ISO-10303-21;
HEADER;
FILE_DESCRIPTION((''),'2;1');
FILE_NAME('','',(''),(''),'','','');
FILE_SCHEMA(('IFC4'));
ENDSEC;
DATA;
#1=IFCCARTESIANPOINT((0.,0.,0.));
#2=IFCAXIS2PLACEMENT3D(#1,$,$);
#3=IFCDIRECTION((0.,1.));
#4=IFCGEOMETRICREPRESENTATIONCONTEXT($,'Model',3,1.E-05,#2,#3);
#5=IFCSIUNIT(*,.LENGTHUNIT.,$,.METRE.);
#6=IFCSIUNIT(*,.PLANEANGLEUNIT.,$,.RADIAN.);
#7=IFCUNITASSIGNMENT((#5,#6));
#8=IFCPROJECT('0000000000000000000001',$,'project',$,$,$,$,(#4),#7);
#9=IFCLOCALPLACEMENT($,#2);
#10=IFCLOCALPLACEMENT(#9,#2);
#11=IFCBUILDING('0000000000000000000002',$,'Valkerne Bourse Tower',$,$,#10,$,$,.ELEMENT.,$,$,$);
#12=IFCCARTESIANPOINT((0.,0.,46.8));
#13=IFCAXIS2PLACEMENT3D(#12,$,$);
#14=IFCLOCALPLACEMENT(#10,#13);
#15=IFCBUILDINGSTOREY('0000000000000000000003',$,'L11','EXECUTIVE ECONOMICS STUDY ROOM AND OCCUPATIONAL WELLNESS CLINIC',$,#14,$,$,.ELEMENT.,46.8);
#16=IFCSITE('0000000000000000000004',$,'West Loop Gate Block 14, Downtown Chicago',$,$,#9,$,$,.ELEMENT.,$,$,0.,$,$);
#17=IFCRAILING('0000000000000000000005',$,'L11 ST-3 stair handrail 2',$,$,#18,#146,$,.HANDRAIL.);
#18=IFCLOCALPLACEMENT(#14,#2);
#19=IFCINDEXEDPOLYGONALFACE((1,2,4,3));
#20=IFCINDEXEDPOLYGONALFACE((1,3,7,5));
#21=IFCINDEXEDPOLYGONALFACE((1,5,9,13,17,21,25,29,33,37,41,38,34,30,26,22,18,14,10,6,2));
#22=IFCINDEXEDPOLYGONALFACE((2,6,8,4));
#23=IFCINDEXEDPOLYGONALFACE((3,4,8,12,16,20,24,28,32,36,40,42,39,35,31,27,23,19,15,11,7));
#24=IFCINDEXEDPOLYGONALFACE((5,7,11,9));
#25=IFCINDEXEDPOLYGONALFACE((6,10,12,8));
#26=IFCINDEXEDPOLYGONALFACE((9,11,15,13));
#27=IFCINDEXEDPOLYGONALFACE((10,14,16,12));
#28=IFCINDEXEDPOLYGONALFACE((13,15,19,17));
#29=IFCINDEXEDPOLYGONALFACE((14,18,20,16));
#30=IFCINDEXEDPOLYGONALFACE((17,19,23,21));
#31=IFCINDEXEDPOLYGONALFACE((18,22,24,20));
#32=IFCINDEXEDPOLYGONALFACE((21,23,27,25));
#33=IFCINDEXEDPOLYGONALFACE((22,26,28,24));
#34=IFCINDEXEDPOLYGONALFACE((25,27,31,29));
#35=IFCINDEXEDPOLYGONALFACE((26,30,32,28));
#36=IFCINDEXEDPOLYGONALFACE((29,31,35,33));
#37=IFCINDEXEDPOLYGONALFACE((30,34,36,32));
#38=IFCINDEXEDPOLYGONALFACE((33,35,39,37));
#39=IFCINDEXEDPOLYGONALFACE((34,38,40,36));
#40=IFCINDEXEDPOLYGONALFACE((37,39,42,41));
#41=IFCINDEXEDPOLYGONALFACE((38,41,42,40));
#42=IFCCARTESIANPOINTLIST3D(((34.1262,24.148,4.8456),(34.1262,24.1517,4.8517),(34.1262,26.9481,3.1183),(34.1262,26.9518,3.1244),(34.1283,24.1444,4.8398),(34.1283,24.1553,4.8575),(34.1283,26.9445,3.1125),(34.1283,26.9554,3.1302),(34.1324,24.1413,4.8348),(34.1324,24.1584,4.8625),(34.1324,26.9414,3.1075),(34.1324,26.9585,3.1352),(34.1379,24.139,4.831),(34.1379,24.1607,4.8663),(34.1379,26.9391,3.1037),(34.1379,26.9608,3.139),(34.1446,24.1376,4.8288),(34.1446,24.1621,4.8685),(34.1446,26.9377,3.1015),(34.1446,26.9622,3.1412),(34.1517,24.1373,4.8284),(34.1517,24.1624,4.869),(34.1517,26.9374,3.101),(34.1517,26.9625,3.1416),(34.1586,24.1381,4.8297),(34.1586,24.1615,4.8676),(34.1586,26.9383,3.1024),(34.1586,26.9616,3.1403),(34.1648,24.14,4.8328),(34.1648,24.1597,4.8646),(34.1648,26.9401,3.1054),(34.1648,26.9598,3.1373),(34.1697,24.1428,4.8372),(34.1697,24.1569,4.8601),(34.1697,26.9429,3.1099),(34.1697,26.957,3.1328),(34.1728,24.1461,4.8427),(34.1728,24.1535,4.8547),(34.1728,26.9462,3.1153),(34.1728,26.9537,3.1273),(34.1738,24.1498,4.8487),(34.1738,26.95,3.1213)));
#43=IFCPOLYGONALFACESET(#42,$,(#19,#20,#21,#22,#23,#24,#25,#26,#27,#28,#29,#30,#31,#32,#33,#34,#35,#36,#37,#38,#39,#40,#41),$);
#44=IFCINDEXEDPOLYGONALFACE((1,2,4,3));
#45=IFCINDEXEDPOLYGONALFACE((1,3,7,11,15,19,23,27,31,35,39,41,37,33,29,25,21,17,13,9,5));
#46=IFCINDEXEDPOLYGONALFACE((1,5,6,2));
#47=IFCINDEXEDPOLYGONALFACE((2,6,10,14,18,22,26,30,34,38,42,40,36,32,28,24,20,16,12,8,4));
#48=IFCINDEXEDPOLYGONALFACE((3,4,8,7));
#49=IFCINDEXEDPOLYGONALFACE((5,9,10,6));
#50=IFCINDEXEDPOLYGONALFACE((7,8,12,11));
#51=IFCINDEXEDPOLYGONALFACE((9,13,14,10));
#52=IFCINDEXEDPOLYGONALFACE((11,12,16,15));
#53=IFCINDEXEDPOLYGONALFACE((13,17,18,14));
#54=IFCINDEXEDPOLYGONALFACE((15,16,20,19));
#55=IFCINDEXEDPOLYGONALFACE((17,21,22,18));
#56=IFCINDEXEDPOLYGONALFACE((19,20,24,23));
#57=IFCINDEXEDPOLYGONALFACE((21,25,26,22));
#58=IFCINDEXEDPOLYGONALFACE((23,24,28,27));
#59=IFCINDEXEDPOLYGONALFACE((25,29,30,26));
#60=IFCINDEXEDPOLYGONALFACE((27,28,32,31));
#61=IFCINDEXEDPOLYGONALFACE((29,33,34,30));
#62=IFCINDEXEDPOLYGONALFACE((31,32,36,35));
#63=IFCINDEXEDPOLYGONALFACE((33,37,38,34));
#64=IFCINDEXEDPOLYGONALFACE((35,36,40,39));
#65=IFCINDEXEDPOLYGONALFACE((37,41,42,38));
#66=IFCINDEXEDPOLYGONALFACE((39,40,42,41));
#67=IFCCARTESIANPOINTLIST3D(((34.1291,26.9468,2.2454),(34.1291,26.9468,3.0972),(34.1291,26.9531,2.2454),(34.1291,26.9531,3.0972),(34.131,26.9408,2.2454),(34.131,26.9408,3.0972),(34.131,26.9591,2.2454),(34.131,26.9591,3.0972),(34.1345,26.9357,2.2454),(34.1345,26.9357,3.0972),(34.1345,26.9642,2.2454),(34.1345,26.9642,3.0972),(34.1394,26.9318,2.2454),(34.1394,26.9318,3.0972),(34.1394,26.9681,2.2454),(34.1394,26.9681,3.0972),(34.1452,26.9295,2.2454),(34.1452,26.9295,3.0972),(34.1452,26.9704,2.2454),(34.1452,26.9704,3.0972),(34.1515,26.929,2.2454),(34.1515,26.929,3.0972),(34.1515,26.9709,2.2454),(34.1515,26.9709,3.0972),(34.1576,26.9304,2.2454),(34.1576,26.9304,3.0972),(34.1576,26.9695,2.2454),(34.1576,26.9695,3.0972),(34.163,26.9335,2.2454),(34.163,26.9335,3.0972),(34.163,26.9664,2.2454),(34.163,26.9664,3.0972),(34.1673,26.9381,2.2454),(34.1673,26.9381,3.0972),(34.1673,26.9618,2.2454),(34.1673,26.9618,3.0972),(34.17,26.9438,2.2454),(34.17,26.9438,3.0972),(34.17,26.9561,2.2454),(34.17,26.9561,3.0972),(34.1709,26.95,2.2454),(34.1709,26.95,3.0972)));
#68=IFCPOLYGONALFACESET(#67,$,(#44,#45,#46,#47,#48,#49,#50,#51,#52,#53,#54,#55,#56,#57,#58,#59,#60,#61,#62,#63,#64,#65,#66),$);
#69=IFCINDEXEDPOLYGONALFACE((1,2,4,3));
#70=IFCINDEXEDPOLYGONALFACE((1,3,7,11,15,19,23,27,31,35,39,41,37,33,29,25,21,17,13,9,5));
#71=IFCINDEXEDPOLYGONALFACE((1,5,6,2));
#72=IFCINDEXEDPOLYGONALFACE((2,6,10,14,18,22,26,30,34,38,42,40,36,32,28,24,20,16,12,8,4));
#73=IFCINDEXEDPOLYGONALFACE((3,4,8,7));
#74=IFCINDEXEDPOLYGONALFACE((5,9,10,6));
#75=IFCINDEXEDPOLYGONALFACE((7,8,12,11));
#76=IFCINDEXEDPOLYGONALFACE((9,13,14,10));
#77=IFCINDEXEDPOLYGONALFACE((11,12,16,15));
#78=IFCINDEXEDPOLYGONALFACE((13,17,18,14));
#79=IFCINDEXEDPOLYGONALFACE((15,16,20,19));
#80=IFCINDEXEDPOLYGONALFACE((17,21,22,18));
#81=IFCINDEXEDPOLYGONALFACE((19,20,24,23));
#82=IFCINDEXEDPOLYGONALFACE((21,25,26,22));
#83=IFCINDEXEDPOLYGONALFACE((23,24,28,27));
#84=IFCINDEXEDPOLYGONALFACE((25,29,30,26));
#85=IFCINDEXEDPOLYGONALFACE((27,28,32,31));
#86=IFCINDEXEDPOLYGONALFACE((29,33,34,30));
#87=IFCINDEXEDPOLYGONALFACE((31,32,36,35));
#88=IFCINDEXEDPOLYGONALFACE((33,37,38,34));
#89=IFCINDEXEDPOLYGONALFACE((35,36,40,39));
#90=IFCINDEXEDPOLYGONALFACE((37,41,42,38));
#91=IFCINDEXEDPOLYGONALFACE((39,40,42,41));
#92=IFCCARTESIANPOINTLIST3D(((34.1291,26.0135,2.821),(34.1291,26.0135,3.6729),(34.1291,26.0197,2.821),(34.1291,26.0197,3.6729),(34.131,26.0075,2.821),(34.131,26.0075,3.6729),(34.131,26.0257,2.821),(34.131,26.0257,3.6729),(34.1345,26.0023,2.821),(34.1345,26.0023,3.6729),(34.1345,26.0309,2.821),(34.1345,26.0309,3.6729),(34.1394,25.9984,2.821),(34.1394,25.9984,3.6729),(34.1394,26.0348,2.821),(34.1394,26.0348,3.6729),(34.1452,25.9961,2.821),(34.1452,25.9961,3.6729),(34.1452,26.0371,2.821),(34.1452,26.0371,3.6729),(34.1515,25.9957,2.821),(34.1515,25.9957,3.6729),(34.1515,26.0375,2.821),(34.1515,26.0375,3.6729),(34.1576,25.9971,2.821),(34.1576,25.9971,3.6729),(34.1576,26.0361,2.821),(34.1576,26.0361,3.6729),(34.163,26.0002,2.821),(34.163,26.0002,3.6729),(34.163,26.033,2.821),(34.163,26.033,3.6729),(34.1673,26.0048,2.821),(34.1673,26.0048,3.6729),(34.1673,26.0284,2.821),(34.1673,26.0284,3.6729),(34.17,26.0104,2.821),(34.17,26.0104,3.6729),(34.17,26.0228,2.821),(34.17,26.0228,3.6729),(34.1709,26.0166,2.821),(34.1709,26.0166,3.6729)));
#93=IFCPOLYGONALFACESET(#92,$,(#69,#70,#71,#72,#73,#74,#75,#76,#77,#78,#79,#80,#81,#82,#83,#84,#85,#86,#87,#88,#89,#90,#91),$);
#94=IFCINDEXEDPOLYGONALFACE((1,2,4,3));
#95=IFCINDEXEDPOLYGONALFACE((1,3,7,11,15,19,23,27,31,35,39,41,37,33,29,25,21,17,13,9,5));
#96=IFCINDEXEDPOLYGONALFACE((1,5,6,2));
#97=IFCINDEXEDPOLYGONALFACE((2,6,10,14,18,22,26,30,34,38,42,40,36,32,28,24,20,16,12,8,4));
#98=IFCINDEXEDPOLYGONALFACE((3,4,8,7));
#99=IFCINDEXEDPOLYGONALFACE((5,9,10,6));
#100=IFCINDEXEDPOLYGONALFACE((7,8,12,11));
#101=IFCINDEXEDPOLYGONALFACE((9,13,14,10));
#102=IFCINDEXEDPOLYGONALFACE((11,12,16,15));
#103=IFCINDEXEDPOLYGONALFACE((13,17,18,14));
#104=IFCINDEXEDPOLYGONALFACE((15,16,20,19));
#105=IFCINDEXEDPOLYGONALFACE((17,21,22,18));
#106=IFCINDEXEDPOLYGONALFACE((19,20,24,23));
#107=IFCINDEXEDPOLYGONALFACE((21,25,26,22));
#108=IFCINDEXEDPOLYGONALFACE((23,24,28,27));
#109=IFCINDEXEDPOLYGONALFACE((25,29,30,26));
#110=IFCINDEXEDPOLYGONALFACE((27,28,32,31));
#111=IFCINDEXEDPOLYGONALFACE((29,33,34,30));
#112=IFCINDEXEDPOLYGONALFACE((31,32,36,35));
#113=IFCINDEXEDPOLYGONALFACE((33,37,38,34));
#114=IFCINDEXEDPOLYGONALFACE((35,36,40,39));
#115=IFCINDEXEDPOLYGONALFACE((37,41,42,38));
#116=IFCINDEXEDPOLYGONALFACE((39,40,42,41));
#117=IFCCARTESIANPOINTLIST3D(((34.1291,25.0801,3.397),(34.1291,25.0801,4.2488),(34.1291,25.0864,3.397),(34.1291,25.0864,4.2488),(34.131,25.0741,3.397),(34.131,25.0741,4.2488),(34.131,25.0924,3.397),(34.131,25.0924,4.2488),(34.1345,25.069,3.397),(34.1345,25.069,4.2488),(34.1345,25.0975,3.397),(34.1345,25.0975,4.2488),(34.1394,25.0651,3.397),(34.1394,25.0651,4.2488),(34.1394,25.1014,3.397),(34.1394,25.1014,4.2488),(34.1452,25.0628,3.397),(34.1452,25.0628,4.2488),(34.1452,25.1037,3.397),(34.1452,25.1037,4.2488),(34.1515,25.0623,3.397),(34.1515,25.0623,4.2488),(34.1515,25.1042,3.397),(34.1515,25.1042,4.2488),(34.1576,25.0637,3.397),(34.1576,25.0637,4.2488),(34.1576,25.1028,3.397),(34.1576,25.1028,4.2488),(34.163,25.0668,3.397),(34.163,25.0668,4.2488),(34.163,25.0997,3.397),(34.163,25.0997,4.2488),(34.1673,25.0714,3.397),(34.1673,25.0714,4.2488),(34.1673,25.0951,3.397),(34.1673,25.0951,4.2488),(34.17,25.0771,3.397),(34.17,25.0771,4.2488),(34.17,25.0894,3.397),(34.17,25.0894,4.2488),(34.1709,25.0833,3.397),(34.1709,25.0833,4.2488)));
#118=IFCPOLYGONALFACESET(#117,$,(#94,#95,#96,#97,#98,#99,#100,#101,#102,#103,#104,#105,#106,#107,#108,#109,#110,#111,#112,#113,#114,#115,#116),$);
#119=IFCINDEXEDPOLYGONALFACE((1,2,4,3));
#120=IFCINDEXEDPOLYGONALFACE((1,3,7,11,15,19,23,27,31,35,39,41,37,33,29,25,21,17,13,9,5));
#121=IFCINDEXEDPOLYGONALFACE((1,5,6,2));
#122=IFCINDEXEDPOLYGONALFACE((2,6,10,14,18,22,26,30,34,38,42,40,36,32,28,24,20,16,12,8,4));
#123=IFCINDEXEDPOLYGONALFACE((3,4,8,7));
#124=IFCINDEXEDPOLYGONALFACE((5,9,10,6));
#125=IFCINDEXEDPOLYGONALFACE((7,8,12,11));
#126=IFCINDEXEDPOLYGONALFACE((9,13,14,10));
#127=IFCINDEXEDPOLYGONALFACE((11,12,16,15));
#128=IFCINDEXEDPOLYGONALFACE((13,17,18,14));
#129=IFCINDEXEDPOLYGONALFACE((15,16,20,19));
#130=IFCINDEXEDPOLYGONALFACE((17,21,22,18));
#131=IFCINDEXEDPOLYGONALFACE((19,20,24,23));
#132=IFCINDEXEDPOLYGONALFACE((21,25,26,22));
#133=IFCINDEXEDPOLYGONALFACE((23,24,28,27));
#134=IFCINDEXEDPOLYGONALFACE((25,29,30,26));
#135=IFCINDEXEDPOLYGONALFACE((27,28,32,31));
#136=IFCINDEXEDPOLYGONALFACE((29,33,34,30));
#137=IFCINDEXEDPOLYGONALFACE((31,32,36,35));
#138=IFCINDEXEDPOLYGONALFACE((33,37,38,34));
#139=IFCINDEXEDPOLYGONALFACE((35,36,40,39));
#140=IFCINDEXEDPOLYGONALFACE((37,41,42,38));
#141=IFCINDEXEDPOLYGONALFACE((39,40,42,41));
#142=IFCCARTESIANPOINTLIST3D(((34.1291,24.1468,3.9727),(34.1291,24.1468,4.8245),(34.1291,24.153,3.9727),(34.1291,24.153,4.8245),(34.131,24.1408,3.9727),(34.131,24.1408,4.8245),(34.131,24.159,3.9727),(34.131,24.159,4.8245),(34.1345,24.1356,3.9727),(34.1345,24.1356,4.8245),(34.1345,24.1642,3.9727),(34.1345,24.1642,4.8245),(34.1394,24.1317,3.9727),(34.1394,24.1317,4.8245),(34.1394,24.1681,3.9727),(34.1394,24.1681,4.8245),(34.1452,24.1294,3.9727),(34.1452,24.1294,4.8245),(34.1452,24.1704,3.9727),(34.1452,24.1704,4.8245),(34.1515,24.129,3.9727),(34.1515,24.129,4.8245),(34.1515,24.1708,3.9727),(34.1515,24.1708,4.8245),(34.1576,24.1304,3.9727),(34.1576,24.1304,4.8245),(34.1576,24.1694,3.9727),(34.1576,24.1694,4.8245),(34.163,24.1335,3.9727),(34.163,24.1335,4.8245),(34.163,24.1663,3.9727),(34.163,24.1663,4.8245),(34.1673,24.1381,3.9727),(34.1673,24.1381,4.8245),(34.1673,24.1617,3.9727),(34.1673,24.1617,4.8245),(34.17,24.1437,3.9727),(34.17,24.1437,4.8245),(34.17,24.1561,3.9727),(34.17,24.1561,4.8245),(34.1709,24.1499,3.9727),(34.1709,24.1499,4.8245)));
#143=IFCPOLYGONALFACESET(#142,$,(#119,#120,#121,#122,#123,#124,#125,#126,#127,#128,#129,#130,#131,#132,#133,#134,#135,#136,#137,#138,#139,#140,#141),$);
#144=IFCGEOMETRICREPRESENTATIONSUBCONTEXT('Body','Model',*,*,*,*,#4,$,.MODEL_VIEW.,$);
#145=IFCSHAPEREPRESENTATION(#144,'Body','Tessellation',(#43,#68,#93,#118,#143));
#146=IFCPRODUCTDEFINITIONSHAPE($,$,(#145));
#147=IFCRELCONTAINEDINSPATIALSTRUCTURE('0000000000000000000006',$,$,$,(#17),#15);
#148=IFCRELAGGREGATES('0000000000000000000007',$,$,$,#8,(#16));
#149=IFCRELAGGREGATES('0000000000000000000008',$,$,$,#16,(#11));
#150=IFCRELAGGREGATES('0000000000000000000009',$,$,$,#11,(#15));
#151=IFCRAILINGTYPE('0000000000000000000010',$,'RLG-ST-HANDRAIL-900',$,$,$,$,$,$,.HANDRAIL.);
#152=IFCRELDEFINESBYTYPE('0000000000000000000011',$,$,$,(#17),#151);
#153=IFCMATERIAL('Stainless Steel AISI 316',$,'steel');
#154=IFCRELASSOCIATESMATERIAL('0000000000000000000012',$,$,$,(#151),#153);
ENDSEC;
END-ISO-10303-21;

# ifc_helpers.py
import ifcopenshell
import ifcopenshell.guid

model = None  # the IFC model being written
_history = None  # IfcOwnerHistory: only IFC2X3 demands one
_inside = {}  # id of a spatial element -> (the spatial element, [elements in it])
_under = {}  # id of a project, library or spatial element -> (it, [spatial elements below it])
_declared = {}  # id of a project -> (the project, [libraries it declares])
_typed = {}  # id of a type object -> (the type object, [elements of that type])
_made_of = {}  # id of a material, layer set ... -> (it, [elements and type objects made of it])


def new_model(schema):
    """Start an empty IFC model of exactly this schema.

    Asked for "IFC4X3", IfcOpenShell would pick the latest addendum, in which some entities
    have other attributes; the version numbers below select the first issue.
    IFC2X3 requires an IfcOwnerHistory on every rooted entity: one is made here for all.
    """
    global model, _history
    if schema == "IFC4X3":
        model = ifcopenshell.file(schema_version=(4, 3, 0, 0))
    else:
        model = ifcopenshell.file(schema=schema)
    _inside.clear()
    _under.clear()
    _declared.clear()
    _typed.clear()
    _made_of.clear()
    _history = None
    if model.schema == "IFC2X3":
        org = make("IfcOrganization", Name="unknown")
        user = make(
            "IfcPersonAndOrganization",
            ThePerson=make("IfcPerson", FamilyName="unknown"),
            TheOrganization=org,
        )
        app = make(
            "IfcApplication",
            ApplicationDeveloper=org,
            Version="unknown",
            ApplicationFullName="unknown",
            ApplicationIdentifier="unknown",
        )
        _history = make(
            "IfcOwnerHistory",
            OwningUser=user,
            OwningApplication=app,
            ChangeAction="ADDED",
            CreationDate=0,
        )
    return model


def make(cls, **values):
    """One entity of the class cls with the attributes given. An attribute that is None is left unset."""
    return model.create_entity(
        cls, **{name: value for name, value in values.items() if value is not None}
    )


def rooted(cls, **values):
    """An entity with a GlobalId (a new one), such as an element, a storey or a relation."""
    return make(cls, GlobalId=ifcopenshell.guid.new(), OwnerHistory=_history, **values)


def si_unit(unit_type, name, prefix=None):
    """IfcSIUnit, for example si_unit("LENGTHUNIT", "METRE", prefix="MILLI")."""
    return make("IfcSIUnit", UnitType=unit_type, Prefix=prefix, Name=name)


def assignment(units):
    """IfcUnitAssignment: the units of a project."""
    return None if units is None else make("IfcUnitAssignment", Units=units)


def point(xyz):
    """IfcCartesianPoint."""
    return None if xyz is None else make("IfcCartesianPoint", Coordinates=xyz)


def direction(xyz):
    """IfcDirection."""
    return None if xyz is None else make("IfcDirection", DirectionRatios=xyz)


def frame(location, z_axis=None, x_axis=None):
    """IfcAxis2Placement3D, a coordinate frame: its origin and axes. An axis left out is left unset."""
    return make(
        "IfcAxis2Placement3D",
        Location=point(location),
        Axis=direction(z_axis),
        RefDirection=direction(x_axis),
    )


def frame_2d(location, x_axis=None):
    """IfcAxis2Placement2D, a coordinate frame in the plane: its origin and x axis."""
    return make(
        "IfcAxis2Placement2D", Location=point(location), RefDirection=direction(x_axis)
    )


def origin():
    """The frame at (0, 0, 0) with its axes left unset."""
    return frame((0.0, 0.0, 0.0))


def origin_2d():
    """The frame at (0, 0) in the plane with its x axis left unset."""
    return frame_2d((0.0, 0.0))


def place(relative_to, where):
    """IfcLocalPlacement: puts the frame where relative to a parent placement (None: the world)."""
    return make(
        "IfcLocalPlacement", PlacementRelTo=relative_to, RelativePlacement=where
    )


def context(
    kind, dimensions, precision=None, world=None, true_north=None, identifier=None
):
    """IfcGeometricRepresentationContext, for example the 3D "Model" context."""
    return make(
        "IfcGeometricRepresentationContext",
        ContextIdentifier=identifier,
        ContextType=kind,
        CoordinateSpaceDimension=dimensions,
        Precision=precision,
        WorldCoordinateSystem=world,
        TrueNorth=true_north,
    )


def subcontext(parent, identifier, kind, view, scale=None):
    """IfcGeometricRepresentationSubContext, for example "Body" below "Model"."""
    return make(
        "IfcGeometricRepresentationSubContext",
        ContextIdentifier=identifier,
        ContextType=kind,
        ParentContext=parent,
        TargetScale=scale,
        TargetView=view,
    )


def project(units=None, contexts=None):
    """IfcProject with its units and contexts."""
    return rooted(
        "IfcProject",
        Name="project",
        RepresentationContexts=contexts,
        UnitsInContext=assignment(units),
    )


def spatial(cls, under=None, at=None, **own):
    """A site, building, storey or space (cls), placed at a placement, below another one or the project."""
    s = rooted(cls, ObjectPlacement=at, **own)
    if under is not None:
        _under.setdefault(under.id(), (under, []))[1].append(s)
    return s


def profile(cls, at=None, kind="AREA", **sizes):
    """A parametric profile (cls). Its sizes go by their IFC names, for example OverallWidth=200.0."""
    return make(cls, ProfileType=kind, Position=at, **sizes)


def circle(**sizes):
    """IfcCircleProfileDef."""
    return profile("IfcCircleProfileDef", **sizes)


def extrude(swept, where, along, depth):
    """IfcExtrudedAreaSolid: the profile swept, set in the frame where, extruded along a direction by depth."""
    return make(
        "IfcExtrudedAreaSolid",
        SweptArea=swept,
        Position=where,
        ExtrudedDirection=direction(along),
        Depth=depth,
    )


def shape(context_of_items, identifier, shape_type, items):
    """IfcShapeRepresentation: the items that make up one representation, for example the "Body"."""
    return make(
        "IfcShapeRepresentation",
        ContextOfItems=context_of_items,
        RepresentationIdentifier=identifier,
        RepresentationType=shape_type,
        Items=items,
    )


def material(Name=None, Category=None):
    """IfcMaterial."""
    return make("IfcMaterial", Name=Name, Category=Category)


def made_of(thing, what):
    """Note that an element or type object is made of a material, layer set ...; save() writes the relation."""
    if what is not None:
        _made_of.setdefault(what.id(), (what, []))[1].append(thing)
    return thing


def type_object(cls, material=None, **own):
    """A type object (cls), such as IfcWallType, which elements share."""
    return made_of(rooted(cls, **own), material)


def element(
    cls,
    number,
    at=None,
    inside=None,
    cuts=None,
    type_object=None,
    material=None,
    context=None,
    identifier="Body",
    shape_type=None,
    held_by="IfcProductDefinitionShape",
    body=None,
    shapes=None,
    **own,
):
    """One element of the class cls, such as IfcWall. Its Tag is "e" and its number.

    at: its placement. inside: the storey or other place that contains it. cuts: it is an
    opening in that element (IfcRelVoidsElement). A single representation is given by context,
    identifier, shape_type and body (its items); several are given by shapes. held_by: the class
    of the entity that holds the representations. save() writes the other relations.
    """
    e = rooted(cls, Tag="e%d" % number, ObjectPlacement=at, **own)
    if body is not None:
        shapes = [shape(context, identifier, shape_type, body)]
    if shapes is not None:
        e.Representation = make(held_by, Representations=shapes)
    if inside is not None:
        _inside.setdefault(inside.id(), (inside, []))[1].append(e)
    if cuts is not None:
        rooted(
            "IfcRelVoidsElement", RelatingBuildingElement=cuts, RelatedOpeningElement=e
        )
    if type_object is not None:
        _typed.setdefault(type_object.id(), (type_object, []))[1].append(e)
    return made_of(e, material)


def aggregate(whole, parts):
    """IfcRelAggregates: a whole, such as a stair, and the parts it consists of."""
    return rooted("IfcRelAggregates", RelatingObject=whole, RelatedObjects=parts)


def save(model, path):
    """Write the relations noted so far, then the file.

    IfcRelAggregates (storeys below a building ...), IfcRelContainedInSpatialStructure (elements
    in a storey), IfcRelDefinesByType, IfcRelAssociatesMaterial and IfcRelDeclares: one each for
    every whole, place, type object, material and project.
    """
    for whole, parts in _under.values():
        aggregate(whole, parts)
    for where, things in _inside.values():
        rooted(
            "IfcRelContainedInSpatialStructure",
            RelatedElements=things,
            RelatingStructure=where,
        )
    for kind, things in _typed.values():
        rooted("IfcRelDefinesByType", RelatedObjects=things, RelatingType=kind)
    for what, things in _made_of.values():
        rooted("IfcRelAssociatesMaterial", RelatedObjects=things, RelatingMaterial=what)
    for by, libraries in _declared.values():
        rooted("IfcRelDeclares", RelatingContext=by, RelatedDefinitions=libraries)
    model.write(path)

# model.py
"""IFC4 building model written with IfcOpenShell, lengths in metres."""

from ifc_helpers import new_model, si_unit, direction, frame, origin, origin_2d, place, context, subcontext, project, spatial, circle, extrude, material, type_object, element, save


model = new_model("IFC4")

# Units and contexts
model_context = context("Model", 3, precision=1e-05, world=origin(), true_north=direction((0.0, 1.0)))
body_context = subcontext(model_context, "Body", "Model", "MODEL_VIEW")
ifc_project = project(units=[si_unit("LENGTHUNIT", "METRE"), si_unit("PLANEANGLEUNIT", "RADIAN")], contexts=[model_context])

# Site, building, storey
site_placement = place(None, origin())
site = spatial("IfcSite", under=ifc_project, at=site_placement, Name="West Loop Gate Block 14, Downtown Chicago", CompositionType="ELEMENT", RefElevation=0.0)
building_placement = place(site_placement, origin())
building = spatial("IfcBuilding", under=site, at=building_placement, Name="Valkerne Bourse Tower", CompositionType="ELEMENT")
storey_placement = place(building_placement, frame((0.0, 0.0, 46.8)))
storey = spatial("IfcBuildingStorey", under=building, at=storey_placement, Name="L11", Description="EXECUTIVE ECONOMICS STUDY ROOM AND OCCUPATIONAL WELLNESS CLINIC", CompositionType="ELEMENT", Elevation=46.8)

# Railing
ifc_material_1 = material(Name="Stainless Steel AISI 316", Category="steel")
railing_type_1 = type_object("IfcRailingType", Name="RLG-ST-HANDRAIL-900", PredefinedType="HANDRAIL", material=ifc_material_1)
railing_1_placement = place(storey_placement, frame((34.1499, 26.95, 2.2454)))
element("IfcRailing", 1, at=railing_1_placement, inside=storey, type_object=railing_type_1, Name="L11 ST-3 stair handrail 2", PredefinedType="HANDRAIL", context=body_context, shape_type="SweptSolid", body=[
    extrude(circle(Radius=0.0239, at=origin_2d()), frame((0.0, 0.0, 0.876), z_axis=(0.0, -0.85109, 0.52502), x_axis=(1.0, 0.0, 0.0)), (0.0, 0.0, 1.0), 3.29),
    extrude(circle(Radius=0.021, at=origin_2d()), origin(), (0.0, 0.0, 1.0), 0.8518),
    extrude(circle(Radius=0.021, at=origin_2d()), frame((0.0, -0.9333, 0.5757)), (0.0, 0.0, 1.0), 0.8518),
    extrude(circle(Radius=0.021, at=origin_2d()), frame((0.0, -1.8667, 1.1516)), (0.0, 0.0, 1.0), 0.8518),
    extrude(circle(Radius=0.021, at=origin_2d()), frame((0.0, -2.8, 1.7273)), (0.0, 0.0, 1.0), 0.8518),
])

save(model, "model.ifc")
